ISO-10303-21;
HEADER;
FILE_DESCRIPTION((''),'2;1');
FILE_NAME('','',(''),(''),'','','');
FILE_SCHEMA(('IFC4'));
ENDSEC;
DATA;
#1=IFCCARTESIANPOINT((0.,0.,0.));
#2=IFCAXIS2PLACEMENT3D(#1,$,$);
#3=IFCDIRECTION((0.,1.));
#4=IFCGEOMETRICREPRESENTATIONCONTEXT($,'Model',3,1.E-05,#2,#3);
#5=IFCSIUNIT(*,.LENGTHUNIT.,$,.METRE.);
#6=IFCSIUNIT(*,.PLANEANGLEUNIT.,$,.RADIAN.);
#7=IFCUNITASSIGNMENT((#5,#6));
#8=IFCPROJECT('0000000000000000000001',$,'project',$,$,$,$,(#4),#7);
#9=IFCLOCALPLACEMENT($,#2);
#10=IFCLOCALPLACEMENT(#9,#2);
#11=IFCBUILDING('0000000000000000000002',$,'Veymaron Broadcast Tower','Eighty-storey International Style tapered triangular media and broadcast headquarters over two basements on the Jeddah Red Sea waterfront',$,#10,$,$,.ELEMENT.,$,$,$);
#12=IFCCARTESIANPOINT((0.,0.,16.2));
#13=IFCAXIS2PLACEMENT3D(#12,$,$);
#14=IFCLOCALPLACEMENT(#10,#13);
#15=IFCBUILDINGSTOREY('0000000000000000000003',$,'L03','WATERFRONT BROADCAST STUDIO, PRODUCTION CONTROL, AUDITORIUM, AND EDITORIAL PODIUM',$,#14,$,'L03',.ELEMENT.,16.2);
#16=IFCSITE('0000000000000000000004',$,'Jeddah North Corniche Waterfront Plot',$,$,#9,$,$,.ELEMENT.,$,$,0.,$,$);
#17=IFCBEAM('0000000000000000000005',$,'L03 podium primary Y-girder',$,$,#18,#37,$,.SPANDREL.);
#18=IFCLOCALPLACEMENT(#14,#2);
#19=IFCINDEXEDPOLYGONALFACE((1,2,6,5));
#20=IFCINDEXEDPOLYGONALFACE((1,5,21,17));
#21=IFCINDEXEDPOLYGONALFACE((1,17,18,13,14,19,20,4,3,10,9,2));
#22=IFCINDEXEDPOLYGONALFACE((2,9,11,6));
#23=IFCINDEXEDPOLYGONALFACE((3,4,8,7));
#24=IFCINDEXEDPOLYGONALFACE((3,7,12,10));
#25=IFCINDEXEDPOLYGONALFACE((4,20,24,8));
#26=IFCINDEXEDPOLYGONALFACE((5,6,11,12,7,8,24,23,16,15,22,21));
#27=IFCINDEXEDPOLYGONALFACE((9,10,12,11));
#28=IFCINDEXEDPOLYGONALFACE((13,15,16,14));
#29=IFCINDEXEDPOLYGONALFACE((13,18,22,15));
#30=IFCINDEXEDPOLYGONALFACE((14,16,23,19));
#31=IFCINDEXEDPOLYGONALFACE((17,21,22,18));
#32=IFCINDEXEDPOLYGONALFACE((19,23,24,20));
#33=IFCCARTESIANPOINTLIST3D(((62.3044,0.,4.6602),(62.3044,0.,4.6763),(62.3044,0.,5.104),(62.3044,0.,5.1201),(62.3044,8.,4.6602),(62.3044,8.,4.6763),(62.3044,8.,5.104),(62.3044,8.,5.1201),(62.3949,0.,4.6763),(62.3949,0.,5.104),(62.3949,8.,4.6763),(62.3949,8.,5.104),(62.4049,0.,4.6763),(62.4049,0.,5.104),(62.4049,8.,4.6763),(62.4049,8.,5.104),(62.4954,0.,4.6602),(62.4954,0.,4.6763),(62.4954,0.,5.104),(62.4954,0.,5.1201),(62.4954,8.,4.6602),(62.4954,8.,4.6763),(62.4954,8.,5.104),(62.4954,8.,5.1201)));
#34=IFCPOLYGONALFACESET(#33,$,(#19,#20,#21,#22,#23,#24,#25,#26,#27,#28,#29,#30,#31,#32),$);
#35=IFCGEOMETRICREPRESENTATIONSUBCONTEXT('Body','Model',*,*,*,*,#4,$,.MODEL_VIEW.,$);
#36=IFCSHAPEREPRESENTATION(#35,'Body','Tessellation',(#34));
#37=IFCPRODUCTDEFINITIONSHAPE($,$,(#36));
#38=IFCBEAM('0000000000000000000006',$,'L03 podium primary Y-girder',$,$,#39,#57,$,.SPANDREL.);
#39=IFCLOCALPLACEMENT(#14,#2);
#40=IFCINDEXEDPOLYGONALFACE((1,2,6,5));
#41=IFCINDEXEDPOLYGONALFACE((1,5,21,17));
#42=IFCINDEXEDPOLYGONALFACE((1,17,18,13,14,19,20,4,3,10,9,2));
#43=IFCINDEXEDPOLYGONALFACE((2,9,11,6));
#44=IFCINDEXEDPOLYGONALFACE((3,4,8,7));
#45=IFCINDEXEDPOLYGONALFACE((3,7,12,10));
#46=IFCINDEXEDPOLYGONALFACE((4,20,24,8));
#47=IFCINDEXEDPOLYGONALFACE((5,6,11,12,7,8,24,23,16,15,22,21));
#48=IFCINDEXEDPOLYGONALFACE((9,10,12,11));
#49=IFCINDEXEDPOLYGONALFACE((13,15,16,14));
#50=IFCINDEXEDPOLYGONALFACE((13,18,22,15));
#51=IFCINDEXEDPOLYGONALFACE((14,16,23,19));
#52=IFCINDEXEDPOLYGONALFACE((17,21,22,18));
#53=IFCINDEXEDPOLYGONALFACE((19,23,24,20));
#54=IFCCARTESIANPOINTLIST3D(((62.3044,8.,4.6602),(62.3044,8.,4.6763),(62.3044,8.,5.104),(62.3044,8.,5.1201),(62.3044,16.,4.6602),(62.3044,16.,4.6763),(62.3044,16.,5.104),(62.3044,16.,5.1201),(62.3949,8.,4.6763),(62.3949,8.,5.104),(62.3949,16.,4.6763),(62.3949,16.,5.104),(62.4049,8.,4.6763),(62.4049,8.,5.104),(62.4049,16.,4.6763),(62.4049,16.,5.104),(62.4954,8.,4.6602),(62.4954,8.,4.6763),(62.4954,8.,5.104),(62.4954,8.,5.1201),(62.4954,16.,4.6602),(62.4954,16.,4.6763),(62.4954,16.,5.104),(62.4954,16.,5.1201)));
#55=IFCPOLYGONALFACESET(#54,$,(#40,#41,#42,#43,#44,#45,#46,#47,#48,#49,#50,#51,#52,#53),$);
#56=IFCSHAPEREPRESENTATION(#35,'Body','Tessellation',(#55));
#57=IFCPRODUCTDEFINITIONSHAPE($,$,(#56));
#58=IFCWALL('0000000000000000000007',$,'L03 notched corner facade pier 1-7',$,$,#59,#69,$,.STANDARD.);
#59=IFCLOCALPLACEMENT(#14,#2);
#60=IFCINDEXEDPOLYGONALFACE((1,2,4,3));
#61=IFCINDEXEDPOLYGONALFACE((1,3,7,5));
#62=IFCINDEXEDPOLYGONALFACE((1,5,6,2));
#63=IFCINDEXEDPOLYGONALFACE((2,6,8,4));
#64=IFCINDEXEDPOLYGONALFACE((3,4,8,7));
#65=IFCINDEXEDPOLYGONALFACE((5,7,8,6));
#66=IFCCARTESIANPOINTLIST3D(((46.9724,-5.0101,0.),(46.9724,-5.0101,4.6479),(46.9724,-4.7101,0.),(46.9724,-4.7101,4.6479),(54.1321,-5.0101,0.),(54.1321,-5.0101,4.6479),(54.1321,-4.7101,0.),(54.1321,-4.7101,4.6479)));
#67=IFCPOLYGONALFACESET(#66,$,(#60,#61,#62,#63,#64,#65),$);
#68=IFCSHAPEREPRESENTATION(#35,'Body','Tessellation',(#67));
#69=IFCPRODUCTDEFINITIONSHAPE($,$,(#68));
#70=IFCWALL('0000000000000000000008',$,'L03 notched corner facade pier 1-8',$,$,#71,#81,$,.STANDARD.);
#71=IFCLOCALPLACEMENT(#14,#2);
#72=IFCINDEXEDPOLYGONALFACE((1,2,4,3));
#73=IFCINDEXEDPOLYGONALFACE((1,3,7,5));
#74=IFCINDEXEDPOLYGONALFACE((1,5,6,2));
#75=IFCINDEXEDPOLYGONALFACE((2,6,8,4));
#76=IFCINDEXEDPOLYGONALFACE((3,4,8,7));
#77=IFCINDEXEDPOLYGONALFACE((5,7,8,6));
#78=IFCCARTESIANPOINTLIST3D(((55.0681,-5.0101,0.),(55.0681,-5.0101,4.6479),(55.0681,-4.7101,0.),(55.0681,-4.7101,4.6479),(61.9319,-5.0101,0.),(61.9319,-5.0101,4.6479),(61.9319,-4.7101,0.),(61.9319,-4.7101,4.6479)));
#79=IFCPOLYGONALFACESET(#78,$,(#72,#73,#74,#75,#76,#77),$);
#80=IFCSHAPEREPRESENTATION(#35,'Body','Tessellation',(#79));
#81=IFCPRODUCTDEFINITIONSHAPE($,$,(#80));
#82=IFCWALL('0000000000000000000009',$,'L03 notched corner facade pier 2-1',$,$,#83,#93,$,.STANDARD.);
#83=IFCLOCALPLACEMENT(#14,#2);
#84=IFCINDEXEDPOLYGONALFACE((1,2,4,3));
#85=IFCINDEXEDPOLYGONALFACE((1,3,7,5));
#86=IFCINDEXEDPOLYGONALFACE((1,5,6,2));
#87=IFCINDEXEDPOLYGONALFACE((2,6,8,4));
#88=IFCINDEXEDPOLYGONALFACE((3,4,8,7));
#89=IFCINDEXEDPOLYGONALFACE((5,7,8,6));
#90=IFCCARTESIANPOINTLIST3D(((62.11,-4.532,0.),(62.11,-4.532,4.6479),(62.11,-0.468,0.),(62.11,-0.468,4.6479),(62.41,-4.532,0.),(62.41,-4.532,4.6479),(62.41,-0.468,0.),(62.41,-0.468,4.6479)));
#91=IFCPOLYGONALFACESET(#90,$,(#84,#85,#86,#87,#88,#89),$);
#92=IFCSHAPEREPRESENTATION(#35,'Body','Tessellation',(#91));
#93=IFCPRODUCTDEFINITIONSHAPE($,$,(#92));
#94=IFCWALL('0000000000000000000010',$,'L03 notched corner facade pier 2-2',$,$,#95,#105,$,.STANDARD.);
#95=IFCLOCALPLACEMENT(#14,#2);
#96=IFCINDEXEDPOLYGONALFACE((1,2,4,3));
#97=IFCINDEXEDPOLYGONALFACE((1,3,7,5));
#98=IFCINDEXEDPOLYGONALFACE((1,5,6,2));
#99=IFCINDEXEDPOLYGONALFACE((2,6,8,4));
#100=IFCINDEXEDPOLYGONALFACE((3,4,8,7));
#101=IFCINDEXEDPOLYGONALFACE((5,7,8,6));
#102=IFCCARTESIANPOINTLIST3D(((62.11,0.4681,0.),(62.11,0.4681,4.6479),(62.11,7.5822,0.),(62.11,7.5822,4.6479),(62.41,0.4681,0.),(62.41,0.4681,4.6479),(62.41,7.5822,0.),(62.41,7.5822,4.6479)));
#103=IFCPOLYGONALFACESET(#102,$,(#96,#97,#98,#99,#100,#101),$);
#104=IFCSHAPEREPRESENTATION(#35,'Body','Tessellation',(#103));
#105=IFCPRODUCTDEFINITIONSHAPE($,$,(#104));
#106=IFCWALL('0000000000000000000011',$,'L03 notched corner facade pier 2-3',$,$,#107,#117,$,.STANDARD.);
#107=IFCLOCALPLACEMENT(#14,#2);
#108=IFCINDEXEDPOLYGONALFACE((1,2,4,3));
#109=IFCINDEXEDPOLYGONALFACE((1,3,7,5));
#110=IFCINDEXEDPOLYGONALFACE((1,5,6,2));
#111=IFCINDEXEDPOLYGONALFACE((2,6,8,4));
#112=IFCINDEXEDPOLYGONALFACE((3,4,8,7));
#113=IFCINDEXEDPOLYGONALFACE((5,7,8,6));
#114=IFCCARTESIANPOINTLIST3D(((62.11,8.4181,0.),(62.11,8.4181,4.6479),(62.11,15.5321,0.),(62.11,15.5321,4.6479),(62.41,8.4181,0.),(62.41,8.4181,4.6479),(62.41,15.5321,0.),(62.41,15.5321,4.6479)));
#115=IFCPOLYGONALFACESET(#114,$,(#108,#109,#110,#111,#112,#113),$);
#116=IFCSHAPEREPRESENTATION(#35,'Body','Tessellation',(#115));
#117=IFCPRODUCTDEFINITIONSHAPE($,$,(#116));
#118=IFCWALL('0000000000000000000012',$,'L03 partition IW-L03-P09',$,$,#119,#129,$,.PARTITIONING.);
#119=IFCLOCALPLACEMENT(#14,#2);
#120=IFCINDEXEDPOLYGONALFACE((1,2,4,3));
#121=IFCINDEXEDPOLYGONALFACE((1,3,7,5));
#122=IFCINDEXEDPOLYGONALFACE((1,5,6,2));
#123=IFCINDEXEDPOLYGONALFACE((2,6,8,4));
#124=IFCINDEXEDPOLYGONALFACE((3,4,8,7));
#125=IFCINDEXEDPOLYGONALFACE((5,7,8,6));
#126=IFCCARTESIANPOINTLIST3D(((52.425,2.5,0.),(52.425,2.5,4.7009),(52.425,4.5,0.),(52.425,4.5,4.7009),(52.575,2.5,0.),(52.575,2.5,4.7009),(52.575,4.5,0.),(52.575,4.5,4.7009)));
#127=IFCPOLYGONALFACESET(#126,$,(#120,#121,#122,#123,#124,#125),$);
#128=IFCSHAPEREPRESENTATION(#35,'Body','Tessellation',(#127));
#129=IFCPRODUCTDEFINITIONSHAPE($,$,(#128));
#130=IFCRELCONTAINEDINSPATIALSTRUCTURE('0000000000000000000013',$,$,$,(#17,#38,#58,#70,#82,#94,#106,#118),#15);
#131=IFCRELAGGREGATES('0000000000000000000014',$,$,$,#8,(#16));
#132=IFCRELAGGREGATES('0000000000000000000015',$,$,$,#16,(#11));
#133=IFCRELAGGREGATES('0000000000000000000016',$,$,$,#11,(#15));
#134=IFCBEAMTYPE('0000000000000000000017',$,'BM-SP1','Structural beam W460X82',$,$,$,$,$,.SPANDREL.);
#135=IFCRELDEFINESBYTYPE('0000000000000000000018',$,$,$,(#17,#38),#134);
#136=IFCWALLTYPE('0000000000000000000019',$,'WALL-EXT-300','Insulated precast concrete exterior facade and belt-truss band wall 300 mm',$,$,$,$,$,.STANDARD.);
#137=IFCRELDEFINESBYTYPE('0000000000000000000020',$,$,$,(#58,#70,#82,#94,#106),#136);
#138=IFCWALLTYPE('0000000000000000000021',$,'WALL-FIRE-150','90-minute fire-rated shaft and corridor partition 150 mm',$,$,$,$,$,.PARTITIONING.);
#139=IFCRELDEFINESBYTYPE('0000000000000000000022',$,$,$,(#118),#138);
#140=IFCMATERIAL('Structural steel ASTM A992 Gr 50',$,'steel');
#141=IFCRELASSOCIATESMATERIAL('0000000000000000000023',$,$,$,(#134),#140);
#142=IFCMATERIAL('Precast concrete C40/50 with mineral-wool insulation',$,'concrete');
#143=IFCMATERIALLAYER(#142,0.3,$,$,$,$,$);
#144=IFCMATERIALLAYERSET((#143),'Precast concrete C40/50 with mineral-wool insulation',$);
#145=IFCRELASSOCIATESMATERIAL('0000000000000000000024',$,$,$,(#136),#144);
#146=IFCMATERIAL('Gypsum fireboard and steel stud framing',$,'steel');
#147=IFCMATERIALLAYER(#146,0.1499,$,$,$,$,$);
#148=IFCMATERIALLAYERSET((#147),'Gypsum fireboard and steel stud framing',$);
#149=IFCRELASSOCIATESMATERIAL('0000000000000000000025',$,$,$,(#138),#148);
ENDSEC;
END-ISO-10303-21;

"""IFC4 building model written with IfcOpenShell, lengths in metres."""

from ifc_helpers import new_model, si_unit, direction, frame, frame_2d, origin, origin_2d, place, context, subcontext, project, spatial, rectangle, i_section, extrude, material, layer, layer_set, material_profile, profile_set, type_object, element, save


model = new_model("IFC4")

# Units and contexts
model_context = context("Model", 3, precision=1e-05, world=origin(), true_north=direction((0.0, 1.0)))
body_context = subcontext(model_context, "Body", "Model", "MODEL_VIEW")
ifc_project = project(units=[si_unit("LENGTHUNIT", "METRE"), si_unit("PLANEANGLEUNIT", "RADIAN")], contexts=[model_context])

# Site, building, storey
site_placement = place(None, origin())
site = spatial("IfcSite", under=ifc_project, at=site_placement, Name="Jeddah North Corniche Waterfront Plot", CompositionType="ELEMENT", RefElevation=0.0)
building_placement = place(site_placement, origin())
building = spatial("IfcBuilding", under=site, at=building_placement, Name="Veymaron Broadcast Tower", Description="Eighty-storey International Style tapered triangular media and broadcast headquarters over two basements on the Jeddah Red Sea waterfront", CompositionType="ELEMENT")
storey_placement = place(building_placement, frame((0.0, 0.0, 16.2)))
storey = spatial("IfcBuildingStorey", under=building, at=storey_placement, Name="L03", Description="WATERFRONT BROADCAST STUDIO, PRODUCTION CONTROL, AUDITORIUM, AND EDITORIAL PODIUM", LongName="L03", CompositionType="ELEMENT", Elevation=16.2)

# Beams
ifc_material_1 = material(Name="Structural steel ASTM A992 Gr 50", Category="steel")
ifc_material_profile_1 = material_profile(ifc_material_1, i_section(OverallWidth=0.1909, OverallDepth=0.46, WebThickness=0.01, FlangeThickness=0.0161, at=origin_2d()), Name="W460X82")
ifc_profile_set_1 = profile_set([ifc_material_profile_1], Name="Structural steel ASTM A992 Gr 50")
beam_type_1 = type_object("IfcBeamType", Name="BM-SP1", Description="Structural beam W460X82", PredefinedType="SPANDREL", material=ifc_profile_set_1)
for number, where, z_axis, x_axis, name in (
    (1, (62.3999, 0.0, 4.8901), (0.0, 1.0, 0.0), (-1.0, 0.0, 0.0), "L03 podium primary Y-girder"),
    (2, (62.3999, 8.0, 4.8901), (0.0, 1.0, 0.0), (-1.0, 0.0, 0.0), "L03 podium primary Y-girder"),
):
    element("IfcBeam", number, at=place(storey_placement, frame(where, z_axis=z_axis, x_axis=x_axis)), inside=storey, type_object=beam_type_1, Name=name, PredefinedType="SPANDREL", context=body_context, shape_type="SweptSolid", body=[
        extrude(i_section(OverallWidth=0.1909, OverallDepth=0.46, WebThickness=0.01, FlangeThickness=0.0161, at=origin_2d()), origin(), (0.0, 0.0, 1.0), 8.0),
    ])

# Walls
ifc_material_2 = material(Name="Precast concrete C40/50 with mineral-wool insulation", Category="concrete")
ifc_layer_1 = layer(ifc_material_2, 0.3)
ifc_layer_set_1 = layer_set([ifc_layer_1], Name="Precast concrete C40/50 with mineral-wool insulation")
wall_type_1 = type_object("IfcWallType", Name="WALL-EXT-300", Description="Insulated precast concrete exterior facade and belt-truss band wall 300 mm", PredefinedType="STANDARD", material=ifc_layer_set_1)
wall_1_placement = place(storey_placement, frame((46.9724, -4.8601, 0.0), z_axis=(0.0, 0.0, 1.0), x_axis=(1.0, 0.0, 0.0)))
element("IfcWall", 3, at=wall_1_placement, inside=storey, type_object=wall_type_1, Name="L03 notched corner facade pier 1-7", PredefinedType="STANDARD", context=body_context, shape_type="SweptSolid", body=[
    extrude(rectangle(XDim=7.1597, YDim=0.3, at=frame_2d((3.5798, 0.0))), origin(), (0.0, 0.0, 1.0), 4.6479),
])
wall_2_placement = place(storey_placement, frame((55.0681, -4.8601, 0.0), z_axis=(0.0, 0.0, 1.0), x_axis=(1.0, 0.0, 0.0)))
element("IfcWall", 4, at=wall_2_placement, inside=storey, type_object=wall_type_1, Name="L03 notched corner facade pier 1-8", PredefinedType="STANDARD", context=body_context, shape_type="SweptSolid", body=[
    extrude(rectangle(XDim=6.8638, YDim=0.3, at=frame_2d((3.4319, 0.0))), origin(), (0.0, 0.0, 1.0), 4.6479),
])
wall_3_placement = place(storey_placement, frame((62.26, -4.532, 0.0), z_axis=(0.0, 0.0, 1.0), x_axis=(0.0, 1.0, 0.0)))
element("IfcWall", 5, at=wall_3_placement, inside=storey, type_object=wall_type_1, Name="L03 notched corner facade pier 2-1", PredefinedType="STANDARD", context=body_context, shape_type="SweptSolid", body=[
    extrude(rectangle(XDim=4.064, YDim=0.3, at=frame_2d((2.032, 0.0))), origin(), (0.0, 0.0, 1.0), 4.6479),
])
for number, where, z_axis, x_axis, name in (
    (6, (62.26, 0.468, 0.0), (0.0, 0.0, 1.0), (0.0, 1.0, 0.0), "L03 notched corner facade pier 2-2"),
    (7, (62.26, 8.418, 0.0), (0.0, 0.0, 1.0), (0.0, 1.0, 0.0), "L03 notched corner facade pier 2-3"),
):
    element("IfcWall", number, at=place(storey_placement, frame(where, z_axis=z_axis, x_axis=x_axis)), inside=storey, type_object=wall_type_1, Name=name, PredefinedType="STANDARD", context=body_context, shape_type="SweptSolid", body=[
        extrude(rectangle(XDim=7.114, YDim=0.3, at=frame_2d((3.5571, 0.0))), origin(), (0.0, 0.0, 1.0), 4.6479),
    ])
ifc_material_3 = material(Name="Gypsum fireboard and steel stud framing", Category="steel")
ifc_layer_2 = layer(ifc_material_3, 0.1499)
ifc_layer_set_2 = layer_set([ifc_layer_2], Name="Gypsum fireboard and steel stud framing")
wall_type_2 = type_object("IfcWallType", Name="WALL-FIRE-150", Description="90-minute fire-rated shaft and corridor partition 150 mm", PredefinedType="PARTITIONING", material=ifc_layer_set_2)
wall_4_placement = place(storey_placement, frame((52.5, 2.5, 0.0), z_axis=(0.0, 0.0, 1.0), x_axis=(0.0, 1.0, 0.0)))
element("IfcWall", 8, at=wall_4_placement, inside=storey, type_object=wall_type_2, Name="L03 partition IW-L03-P09", PredefinedType="PARTITIONING", context=body_context, shape_type="SweptSolid", body=[
    extrude(rectangle(XDim=2.0, YDim=0.1499, at=frame_2d((1.0, 0.0))), origin(), (0.0, 0.0, 1.0), 4.7009),
])

save(model, "model.ifc")
